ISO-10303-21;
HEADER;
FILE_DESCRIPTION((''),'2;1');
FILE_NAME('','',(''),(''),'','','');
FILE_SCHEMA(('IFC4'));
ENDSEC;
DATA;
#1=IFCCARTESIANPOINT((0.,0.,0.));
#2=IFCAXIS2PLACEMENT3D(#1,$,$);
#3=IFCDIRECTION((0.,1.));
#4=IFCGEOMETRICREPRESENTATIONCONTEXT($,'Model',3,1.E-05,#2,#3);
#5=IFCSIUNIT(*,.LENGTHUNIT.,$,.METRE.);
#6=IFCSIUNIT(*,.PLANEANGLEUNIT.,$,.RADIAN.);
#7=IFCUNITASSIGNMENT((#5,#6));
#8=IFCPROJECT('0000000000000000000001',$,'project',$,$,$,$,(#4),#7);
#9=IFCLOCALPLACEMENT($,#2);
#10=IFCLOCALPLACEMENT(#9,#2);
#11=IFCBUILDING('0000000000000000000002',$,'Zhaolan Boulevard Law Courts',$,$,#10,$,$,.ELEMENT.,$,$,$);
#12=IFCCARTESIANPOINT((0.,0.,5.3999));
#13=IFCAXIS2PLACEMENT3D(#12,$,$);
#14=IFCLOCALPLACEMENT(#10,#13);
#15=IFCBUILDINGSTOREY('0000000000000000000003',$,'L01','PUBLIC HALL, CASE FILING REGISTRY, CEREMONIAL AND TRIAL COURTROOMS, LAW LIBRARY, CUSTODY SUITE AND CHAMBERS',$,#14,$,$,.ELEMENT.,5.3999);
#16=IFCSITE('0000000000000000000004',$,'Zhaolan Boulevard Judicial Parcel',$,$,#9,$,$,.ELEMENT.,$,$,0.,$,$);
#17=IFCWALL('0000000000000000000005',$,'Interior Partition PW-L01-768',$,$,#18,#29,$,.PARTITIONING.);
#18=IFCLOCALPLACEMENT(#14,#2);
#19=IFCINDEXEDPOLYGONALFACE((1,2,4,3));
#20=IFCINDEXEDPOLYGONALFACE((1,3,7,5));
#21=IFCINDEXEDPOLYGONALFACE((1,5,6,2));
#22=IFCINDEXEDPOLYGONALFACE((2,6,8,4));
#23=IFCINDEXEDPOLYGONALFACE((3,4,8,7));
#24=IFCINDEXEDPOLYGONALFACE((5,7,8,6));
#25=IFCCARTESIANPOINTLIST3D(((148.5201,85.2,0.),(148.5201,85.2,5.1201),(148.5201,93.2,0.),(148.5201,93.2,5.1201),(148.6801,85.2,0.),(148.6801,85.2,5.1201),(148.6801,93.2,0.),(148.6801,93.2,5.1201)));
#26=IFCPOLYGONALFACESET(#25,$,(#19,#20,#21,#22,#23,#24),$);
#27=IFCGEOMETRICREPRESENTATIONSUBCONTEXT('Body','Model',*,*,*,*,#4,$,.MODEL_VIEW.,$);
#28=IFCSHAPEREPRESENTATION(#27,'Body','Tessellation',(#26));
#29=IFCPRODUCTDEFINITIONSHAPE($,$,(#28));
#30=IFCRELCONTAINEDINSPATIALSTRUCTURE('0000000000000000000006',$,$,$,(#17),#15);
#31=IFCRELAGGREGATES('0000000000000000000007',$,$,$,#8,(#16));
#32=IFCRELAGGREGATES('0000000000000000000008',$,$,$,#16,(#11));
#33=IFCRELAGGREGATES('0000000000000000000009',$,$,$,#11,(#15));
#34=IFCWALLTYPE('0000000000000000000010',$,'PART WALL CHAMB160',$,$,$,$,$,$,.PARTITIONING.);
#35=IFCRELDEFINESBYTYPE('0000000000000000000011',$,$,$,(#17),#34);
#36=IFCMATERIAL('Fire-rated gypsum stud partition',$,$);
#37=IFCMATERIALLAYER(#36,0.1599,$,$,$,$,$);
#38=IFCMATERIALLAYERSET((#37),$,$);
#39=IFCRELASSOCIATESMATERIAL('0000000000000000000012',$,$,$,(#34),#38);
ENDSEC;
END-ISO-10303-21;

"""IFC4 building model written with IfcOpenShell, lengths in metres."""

from ifc_helpers import new_model, si_unit, direction, frame, frame_2d, origin, place, context, subcontext, project, spatial, rectangle, extrude, material, layer, layer_set, type_object, element, save


model = new_model("IFC4")

# Units and contexts
model_context = context("Model", 3, precision=1e-05, world=origin(), true_north=direction((0.0, 1.0)))
body_context = subcontext(model_context, "Body", "Model", "MODEL_VIEW")
ifc_project = project(units=[si_unit("LENGTHUNIT", "METRE"), si_unit("PLANEANGLEUNIT", "RADIAN")], contexts=[model_context])

# Site, building, storey
site_placement = place(None, origin())
site = spatial("IfcSite", under=ifc_project, at=site_placement, Name="Zhaolan Boulevard Judicial Parcel", CompositionType="ELEMENT", RefElevation=0.0)
building_placement = place(site_placement, origin())
building = spatial("IfcBuilding", under=site, at=building_placement, Name="Zhaolan Boulevard Law Courts", CompositionType="ELEMENT")
storey_placement = place(building_placement, frame((0.0, 0.0, 5.3999)))
storey = spatial("IfcBuildingStorey", under=building, at=storey_placement, Name="L01", Description="PUBLIC HALL, CASE FILING REGISTRY, CEREMONIAL AND TRIAL COURTROOMS, LAW LIBRARY, CUSTODY SUITE AND CHAMBERS", CompositionType="ELEMENT", Elevation=5.3999)

# Shared definitions
ifc_material_1 = material(Name="Fire-rated gypsum stud partition")
ifc_layer_1 = layer(ifc_material_1, 0.1599)
ifc_layer_set_1 = layer_set([ifc_layer_1])
wall_type_1 = type_object("IfcWallType", Name="PART WALL CHAMB160", PredefinedType="PARTITIONING", material=ifc_layer_set_1)

# Wall
wall_1_placement = place(storey_placement, frame((148.6001, 93.2, 0.0), z_axis=(0.0, 0.0, 1.0), x_axis=(0.0, -1.0, 0.0)))
element("IfcWall", 1, at=wall_1_placement, inside=storey, type_object=wall_type_1, Name="Interior Partition PW-L01-768", PredefinedType="PARTITIONING", context=body_context, shape_type="SweptSolid", body=[
    extrude(rectangle(XDim=8.0, YDim=0.1599, at=frame_2d((4.0, 0.0))), origin(), (0.0, 0.0, 1.0), 5.1201),
])

save(model, "model.ifc")
